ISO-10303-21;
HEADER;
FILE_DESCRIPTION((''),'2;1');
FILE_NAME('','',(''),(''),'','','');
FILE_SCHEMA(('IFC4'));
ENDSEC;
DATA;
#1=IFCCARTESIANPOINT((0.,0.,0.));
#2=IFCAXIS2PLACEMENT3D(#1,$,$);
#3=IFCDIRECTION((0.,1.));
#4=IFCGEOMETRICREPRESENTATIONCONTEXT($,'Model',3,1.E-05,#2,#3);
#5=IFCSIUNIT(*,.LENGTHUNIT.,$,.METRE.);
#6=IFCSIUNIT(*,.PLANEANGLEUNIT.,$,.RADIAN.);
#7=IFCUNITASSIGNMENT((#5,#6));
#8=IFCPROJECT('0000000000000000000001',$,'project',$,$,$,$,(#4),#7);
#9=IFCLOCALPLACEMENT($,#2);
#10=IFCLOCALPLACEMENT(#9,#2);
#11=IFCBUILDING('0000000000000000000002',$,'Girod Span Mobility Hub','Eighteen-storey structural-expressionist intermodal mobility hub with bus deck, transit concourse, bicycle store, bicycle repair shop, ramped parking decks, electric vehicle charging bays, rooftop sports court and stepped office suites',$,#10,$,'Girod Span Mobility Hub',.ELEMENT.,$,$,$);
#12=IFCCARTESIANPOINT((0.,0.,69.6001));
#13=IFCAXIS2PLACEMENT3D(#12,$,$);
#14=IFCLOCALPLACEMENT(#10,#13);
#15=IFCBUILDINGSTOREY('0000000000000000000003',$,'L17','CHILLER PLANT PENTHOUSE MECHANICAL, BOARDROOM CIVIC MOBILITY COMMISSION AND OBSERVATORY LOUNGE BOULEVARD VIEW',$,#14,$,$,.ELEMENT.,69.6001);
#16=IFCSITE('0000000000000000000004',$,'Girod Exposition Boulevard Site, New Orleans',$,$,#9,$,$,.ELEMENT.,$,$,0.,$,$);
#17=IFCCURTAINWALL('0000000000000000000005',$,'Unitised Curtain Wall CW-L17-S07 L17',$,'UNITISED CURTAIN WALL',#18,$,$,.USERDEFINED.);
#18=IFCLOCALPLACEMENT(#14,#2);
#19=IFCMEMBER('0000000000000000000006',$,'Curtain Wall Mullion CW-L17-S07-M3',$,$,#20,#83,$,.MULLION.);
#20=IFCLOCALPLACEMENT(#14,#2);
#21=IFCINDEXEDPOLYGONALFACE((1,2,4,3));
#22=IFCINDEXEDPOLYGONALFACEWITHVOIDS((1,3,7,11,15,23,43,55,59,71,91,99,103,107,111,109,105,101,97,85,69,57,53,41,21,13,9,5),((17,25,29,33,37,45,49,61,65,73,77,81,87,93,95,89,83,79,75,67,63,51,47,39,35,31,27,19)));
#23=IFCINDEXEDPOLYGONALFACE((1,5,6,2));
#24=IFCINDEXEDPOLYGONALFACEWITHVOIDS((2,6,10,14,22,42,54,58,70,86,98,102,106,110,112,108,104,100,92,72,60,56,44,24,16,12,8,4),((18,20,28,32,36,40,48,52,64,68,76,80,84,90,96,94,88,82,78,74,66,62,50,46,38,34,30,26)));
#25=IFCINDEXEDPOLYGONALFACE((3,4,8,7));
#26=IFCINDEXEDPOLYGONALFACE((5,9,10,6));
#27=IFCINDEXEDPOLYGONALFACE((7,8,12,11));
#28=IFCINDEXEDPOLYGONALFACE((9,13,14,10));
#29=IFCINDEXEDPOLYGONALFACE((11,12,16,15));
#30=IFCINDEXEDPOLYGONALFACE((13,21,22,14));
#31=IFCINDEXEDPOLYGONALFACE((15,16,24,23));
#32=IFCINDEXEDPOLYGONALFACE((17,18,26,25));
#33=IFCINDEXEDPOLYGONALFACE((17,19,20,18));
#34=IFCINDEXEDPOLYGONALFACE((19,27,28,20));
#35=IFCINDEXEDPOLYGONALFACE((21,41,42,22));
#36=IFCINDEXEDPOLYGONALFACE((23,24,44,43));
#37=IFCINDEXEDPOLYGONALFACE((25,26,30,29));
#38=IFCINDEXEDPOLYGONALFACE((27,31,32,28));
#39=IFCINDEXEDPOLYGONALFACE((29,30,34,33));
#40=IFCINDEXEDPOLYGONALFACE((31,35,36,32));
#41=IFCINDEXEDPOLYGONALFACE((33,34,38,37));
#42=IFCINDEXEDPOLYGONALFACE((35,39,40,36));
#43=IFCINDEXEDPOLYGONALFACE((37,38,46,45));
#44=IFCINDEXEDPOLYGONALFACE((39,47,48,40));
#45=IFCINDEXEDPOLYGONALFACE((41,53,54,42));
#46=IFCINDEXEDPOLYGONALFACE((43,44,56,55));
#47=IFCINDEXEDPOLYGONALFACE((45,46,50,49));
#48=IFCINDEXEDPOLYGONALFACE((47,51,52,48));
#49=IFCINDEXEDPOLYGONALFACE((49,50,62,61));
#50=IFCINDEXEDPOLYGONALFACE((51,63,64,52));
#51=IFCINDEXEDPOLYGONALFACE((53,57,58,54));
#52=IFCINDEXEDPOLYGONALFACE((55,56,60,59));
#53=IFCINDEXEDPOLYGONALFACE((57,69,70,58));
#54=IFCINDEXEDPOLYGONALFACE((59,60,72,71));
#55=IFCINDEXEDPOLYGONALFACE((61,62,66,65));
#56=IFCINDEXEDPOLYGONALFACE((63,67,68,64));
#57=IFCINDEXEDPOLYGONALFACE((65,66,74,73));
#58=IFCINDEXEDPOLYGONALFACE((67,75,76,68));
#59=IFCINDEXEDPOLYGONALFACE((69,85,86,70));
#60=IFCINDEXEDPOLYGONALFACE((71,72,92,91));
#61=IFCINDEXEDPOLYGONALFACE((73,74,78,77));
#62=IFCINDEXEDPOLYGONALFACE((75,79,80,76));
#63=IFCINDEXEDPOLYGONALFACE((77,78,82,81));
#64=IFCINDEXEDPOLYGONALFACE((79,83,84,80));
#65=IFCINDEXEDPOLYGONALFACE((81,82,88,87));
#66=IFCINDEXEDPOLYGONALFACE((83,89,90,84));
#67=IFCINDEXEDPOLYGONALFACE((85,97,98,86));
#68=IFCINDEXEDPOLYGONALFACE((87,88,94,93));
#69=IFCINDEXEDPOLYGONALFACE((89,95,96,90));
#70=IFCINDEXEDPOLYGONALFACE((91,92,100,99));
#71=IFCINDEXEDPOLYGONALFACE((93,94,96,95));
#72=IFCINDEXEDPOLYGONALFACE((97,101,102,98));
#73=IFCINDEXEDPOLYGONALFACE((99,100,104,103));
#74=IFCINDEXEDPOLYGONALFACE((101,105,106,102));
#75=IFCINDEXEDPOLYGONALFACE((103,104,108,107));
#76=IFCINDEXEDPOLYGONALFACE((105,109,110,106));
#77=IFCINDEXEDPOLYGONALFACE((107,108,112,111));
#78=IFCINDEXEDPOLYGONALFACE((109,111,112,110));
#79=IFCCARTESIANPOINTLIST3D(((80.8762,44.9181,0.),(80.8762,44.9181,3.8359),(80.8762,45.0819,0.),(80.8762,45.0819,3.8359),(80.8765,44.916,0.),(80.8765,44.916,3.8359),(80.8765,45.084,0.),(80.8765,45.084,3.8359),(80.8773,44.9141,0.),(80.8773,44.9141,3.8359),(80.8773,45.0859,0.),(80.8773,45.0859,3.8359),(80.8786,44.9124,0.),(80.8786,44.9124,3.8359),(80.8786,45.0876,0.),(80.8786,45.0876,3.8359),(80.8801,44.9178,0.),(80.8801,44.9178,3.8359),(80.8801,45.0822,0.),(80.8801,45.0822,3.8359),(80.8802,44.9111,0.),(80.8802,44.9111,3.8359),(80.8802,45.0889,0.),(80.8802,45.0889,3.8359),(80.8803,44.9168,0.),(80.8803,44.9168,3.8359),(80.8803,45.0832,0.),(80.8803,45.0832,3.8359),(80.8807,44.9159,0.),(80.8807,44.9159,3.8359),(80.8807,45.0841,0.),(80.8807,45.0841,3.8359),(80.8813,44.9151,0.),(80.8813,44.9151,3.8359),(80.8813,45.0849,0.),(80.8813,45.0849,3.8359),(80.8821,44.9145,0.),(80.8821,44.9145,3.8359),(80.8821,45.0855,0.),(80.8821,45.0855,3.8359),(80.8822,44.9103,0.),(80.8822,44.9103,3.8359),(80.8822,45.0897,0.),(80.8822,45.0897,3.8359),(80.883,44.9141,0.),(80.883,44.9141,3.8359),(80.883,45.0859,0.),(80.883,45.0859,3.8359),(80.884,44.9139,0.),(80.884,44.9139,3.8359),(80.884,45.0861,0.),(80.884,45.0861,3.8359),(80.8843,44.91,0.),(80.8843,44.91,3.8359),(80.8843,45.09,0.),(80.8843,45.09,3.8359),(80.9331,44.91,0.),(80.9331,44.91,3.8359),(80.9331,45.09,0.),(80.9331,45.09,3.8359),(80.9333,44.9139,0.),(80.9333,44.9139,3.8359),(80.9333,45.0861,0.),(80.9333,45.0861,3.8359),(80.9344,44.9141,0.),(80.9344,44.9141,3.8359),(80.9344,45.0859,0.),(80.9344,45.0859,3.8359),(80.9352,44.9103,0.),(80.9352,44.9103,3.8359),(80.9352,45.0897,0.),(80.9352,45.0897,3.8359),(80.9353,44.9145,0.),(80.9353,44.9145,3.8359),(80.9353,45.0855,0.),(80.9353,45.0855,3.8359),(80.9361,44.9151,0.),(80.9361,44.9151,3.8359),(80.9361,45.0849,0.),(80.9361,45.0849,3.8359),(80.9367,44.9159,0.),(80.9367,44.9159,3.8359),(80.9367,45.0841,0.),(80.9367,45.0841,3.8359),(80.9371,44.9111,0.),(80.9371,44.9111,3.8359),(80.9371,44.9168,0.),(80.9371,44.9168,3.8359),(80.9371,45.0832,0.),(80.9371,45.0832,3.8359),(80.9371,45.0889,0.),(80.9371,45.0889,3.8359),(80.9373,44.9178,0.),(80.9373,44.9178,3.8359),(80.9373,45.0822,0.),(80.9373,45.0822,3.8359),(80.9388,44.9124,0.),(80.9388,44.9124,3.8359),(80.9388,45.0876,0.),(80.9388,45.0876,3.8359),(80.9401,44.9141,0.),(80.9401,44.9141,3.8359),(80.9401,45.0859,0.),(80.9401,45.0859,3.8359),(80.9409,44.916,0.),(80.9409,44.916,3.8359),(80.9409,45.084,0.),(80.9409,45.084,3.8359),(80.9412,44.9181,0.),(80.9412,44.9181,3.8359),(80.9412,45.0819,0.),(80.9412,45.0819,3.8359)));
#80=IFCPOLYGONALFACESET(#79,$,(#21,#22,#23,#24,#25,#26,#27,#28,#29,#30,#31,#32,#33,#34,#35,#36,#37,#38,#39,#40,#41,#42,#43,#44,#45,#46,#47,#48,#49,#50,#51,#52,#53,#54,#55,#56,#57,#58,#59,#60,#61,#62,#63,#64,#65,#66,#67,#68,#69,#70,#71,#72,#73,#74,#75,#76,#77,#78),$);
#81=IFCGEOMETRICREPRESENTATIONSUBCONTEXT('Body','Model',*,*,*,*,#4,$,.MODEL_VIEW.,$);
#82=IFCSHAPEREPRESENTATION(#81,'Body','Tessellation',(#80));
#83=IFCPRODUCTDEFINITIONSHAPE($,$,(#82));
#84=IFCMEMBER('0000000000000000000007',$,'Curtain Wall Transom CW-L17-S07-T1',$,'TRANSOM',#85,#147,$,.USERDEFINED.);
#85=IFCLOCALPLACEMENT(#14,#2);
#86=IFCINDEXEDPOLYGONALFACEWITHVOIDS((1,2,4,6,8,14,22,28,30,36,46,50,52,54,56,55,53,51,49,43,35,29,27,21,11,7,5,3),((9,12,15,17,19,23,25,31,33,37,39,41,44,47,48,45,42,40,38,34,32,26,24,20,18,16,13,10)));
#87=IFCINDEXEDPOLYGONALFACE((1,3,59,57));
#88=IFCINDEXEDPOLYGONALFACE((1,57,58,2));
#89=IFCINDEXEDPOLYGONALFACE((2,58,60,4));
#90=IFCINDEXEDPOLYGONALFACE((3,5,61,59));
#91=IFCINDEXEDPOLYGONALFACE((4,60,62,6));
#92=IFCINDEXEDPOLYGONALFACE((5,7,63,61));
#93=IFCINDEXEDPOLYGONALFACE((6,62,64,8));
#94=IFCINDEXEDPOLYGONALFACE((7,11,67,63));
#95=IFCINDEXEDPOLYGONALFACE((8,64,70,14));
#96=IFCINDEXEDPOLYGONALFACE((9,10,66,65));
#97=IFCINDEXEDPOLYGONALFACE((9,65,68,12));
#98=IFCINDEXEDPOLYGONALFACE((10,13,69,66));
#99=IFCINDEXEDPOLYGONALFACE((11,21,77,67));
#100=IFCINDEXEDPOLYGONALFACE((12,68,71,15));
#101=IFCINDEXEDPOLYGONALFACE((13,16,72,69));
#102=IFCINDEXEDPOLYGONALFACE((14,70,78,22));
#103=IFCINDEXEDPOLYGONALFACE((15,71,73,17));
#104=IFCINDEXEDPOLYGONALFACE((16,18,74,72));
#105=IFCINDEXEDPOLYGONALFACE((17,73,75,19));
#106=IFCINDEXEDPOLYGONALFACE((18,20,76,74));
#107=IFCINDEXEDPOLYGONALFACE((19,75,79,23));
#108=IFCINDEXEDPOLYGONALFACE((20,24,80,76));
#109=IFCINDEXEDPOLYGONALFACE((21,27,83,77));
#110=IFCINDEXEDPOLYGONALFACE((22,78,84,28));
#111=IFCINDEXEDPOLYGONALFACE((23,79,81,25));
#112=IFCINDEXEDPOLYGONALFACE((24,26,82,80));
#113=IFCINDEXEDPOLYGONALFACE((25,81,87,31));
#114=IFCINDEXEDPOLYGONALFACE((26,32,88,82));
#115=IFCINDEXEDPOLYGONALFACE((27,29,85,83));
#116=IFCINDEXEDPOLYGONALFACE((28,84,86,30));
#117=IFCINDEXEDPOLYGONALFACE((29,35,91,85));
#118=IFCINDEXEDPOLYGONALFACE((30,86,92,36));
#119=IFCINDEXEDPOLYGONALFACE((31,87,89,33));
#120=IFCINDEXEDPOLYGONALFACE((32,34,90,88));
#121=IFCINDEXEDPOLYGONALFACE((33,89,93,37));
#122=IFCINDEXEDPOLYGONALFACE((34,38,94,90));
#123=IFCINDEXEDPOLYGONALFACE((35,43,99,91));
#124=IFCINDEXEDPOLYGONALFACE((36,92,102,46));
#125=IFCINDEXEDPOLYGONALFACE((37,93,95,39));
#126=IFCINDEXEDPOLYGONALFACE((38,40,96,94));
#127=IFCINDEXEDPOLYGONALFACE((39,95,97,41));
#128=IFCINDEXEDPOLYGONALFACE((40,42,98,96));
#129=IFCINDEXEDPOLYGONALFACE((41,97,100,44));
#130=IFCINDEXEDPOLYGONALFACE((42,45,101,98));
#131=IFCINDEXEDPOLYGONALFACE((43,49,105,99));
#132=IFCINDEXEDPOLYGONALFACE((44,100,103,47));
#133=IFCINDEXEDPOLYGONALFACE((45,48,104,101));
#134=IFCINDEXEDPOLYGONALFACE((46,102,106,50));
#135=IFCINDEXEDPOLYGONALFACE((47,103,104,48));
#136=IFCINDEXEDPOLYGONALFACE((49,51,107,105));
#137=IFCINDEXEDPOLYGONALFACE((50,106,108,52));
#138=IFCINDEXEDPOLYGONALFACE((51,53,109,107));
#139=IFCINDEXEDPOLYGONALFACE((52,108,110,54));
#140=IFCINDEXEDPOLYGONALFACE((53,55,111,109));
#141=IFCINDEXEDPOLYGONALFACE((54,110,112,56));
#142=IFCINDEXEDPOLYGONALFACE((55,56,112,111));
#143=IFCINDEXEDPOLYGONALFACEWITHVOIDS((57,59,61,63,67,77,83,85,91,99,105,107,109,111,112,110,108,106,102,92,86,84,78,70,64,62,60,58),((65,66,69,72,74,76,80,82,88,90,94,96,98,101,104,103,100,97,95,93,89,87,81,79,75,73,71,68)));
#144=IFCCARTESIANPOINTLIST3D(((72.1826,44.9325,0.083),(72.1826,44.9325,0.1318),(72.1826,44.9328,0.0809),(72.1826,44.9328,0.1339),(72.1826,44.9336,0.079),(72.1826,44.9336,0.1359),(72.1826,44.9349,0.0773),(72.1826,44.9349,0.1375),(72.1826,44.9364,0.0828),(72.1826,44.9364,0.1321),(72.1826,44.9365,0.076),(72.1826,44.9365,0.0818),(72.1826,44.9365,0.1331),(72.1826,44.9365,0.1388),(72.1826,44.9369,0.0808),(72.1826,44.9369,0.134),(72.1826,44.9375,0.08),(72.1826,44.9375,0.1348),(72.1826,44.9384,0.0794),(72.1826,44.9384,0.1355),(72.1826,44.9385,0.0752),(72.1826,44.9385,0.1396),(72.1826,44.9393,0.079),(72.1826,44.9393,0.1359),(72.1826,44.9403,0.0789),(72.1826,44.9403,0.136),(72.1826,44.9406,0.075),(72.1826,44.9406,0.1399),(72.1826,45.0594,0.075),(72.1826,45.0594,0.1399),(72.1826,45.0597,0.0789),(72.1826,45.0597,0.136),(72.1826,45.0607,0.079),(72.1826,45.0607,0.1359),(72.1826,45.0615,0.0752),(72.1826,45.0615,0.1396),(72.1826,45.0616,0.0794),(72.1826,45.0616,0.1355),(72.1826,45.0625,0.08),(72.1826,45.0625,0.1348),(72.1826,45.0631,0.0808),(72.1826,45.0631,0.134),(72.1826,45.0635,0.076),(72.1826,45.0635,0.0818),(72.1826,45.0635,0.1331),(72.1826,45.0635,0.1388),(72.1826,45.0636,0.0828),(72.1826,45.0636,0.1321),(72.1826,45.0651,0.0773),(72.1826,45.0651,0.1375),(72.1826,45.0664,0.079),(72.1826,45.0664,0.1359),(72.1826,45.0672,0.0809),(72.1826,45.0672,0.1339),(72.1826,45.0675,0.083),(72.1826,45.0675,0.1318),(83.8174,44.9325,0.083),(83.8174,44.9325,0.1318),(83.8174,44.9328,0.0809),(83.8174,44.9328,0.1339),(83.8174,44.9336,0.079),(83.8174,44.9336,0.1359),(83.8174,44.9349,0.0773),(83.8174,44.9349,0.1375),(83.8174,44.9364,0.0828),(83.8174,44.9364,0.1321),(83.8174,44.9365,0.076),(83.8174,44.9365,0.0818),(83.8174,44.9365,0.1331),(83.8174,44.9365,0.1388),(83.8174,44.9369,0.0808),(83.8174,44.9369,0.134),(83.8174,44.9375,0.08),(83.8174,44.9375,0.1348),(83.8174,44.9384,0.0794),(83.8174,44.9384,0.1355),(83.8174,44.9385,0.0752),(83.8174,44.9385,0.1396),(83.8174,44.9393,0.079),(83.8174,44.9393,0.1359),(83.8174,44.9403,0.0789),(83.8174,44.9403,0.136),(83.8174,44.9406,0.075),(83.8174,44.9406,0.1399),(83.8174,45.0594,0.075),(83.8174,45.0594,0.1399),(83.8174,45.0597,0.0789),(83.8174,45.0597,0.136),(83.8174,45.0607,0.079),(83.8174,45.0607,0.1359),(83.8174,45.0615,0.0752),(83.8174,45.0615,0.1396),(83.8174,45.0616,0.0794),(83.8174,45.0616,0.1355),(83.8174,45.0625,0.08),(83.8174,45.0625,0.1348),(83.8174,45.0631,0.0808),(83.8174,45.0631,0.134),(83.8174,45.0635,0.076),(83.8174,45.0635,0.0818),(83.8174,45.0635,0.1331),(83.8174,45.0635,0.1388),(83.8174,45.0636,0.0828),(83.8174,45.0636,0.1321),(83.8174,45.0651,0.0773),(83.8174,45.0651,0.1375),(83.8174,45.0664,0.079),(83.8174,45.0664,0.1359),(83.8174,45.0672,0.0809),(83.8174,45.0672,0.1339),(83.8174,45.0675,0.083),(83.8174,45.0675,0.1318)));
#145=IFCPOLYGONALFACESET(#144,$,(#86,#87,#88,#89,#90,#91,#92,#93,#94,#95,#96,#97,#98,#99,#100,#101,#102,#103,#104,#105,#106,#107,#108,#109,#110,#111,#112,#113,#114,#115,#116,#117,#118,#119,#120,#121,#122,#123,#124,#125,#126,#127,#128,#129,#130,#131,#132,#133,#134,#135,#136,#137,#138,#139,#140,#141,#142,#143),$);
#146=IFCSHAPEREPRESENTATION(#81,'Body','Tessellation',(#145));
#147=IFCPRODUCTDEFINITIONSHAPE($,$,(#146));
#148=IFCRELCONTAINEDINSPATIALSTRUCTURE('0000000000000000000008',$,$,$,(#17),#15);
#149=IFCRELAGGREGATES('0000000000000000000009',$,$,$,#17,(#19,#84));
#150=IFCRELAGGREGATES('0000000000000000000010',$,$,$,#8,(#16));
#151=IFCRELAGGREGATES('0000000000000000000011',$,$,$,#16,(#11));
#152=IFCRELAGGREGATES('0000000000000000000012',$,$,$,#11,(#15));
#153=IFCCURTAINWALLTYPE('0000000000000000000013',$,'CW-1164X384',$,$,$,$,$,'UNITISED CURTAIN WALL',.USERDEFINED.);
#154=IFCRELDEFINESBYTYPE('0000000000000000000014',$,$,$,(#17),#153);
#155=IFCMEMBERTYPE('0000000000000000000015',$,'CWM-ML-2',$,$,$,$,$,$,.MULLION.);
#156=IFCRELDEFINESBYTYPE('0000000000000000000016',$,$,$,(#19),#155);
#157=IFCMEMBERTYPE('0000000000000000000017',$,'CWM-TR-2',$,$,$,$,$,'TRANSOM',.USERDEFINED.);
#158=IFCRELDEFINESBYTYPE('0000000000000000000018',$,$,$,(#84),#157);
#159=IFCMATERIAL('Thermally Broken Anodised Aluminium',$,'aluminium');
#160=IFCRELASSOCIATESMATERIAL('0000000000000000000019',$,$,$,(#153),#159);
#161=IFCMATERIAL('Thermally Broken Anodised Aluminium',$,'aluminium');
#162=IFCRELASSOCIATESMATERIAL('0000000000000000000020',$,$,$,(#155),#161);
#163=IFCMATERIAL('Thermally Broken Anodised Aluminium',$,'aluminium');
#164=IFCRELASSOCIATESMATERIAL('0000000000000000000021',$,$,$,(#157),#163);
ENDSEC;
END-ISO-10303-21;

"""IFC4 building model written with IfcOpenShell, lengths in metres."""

from ifc_helpers import new_model, si_unit, direction, frame, origin, origin_2d, place, context, subcontext, project, spatial, hollow_rectangle, extrude, material, material_profile, profile_set, type_object, element, aggregate, save


model = new_model("IFC4")

# Units and contexts
model_context = context("Model", 3, precision=1e-05, world=origin(), true_north=direction((0.0, 1.0)))
body_context = subcontext(model_context, "Body", "Model", "MODEL_VIEW")
ifc_project = project(units=[si_unit("LENGTHUNIT", "METRE"), si_unit("PLANEANGLEUNIT", "RADIAN")], contexts=[model_context])

# Site, building, storey
site_placement = place(None, origin())
site = spatial("IfcSite", under=ifc_project, at=site_placement, Name="Girod Exposition Boulevard Site, New Orleans", CompositionType="ELEMENT", RefElevation=0.0)
building_placement = place(site_placement, origin())
building = spatial("IfcBuilding", under=site, at=building_placement, Name="Girod Span Mobility Hub", Description="Eighteen-storey structural-expressionist intermodal mobility hub with bus deck, transit concourse, bicycle store, bicycle repair shop, ramped parking decks, electric vehicle charging bays, rooftop sports court and stepped office suites", LongName="Girod Span Mobility Hub", CompositionType="ELEMENT")
storey_placement = place(building_placement, frame((0.0, 0.0, 69.6001)))
storey = spatial("IfcBuildingStorey", under=building, at=storey_placement, Name="L17", Description="CHILLER PLANT PENTHOUSE MECHANICAL, BOARDROOM CIVIC MOBILITY COMMISSION AND OBSERVATORY LOUNGE BOULEVARD VIEW", CompositionType="ELEMENT", Elevation=69.6001)

# Curtain wall, members
ifc_material_1 = material(Name="Thermally Broken Anodised Aluminium", Category="aluminium")
curtain_wall_type = type_object("IfcCurtainWallType", Name="CW-1164X384", ElementType="UNITISED CURTAIN WALL", PredefinedType="USERDEFINED", material=ifc_material_1)
ifc_material_2 = material(Name="Thermally Broken Anodised Aluminium", Category="aluminium")
ifc_material_profile_1 = material_profile(ifc_material_2, hollow_rectangle(XDim=0.1799, YDim=0.0649, WallThickness=0.0039, InnerFilletRadius=0.0039, OuterFilletRadius=0.0081, at=origin_2d()), Name="CW-ML-65X180")
ifc_profile_set_1 = profile_set([ifc_material_profile_1], Name="Thermally Broken Anodised Aluminium")
member_type_1 = type_object("IfcMemberType", Name="CWM-ML-2", PredefinedType="MULLION", material=ifc_profile_set_1)
curtain_wall_1_placement = place(storey_placement, origin())
curtain_wall_1 = element("IfcCurtainWall", 1, at=curtain_wall_1_placement, inside=storey, type_object=curtain_wall_type, Name="Unitised Curtain Wall CW-L17-S07 L17", ObjectType="UNITISED CURTAIN WALL", PredefinedType="USERDEFINED")
member_1_placement = place(storey_placement, frame((80.9087, 45.0, 0.0), z_axis=(0.0, 0.0, 1.0), x_axis=(0.0, 1.0, 0.0)))
member_1 = element("IfcMember", 2, at=member_1_placement, type_object=member_type_1, Name="Curtain Wall Mullion CW-L17-S07-M3", PredefinedType="MULLION", context=body_context, shape_type="SweptSolid", body=[
    extrude(hollow_rectangle(XDim=0.1799, YDim=0.0649, WallThickness=0.0039, InnerFilletRadius=0.0039, OuterFilletRadius=0.0081, at=origin_2d()), origin(), (0.0, 0.0, 1.0), 3.8359),
])
ifc_material_3 = material(Name="Thermally Broken Anodised Aluminium", Category="aluminium")
ifc_material_profile_2 = material_profile(ifc_material_3, hollow_rectangle(XDim=0.135, YDim=0.0649, WallThickness=0.0039, InnerFilletRadius=0.0039, OuterFilletRadius=0.0081, at=origin_2d()), Name="CW-TR-65X135")
ifc_profile_set_2 = profile_set([ifc_material_profile_2], Name="Thermally Broken Anodised Aluminium")
member_type_2 = type_object("IfcMemberType", Name="CWM-TR-2", ElementType="TRANSOM", PredefinedType="USERDEFINED", material=ifc_profile_set_2)
member_2_placement = place(storey_placement, frame((72.1826, 45.0, 0.1074), z_axis=(1.0, 0.0, 0.0), x_axis=(0.0, 1.0, 0.0)))
member_2 = element("IfcMember", 3, at=member_2_placement, type_object=member_type_2, Name="Curtain Wall Transom CW-L17-S07-T1", ObjectType="TRANSOM", PredefinedType="USERDEFINED", context=body_context, shape_type="SweptSolid", body=[
    extrude(hollow_rectangle(XDim=0.135, YDim=0.0649, WallThickness=0.0039, InnerFilletRadius=0.0039, OuterFilletRadius=0.0081, at=origin_2d()), origin(), (0.0, 0.0, 1.0), 11.6348),
])

aggregate(curtain_wall_1, [member_1, member_2])

save(model, "model.ifc")
